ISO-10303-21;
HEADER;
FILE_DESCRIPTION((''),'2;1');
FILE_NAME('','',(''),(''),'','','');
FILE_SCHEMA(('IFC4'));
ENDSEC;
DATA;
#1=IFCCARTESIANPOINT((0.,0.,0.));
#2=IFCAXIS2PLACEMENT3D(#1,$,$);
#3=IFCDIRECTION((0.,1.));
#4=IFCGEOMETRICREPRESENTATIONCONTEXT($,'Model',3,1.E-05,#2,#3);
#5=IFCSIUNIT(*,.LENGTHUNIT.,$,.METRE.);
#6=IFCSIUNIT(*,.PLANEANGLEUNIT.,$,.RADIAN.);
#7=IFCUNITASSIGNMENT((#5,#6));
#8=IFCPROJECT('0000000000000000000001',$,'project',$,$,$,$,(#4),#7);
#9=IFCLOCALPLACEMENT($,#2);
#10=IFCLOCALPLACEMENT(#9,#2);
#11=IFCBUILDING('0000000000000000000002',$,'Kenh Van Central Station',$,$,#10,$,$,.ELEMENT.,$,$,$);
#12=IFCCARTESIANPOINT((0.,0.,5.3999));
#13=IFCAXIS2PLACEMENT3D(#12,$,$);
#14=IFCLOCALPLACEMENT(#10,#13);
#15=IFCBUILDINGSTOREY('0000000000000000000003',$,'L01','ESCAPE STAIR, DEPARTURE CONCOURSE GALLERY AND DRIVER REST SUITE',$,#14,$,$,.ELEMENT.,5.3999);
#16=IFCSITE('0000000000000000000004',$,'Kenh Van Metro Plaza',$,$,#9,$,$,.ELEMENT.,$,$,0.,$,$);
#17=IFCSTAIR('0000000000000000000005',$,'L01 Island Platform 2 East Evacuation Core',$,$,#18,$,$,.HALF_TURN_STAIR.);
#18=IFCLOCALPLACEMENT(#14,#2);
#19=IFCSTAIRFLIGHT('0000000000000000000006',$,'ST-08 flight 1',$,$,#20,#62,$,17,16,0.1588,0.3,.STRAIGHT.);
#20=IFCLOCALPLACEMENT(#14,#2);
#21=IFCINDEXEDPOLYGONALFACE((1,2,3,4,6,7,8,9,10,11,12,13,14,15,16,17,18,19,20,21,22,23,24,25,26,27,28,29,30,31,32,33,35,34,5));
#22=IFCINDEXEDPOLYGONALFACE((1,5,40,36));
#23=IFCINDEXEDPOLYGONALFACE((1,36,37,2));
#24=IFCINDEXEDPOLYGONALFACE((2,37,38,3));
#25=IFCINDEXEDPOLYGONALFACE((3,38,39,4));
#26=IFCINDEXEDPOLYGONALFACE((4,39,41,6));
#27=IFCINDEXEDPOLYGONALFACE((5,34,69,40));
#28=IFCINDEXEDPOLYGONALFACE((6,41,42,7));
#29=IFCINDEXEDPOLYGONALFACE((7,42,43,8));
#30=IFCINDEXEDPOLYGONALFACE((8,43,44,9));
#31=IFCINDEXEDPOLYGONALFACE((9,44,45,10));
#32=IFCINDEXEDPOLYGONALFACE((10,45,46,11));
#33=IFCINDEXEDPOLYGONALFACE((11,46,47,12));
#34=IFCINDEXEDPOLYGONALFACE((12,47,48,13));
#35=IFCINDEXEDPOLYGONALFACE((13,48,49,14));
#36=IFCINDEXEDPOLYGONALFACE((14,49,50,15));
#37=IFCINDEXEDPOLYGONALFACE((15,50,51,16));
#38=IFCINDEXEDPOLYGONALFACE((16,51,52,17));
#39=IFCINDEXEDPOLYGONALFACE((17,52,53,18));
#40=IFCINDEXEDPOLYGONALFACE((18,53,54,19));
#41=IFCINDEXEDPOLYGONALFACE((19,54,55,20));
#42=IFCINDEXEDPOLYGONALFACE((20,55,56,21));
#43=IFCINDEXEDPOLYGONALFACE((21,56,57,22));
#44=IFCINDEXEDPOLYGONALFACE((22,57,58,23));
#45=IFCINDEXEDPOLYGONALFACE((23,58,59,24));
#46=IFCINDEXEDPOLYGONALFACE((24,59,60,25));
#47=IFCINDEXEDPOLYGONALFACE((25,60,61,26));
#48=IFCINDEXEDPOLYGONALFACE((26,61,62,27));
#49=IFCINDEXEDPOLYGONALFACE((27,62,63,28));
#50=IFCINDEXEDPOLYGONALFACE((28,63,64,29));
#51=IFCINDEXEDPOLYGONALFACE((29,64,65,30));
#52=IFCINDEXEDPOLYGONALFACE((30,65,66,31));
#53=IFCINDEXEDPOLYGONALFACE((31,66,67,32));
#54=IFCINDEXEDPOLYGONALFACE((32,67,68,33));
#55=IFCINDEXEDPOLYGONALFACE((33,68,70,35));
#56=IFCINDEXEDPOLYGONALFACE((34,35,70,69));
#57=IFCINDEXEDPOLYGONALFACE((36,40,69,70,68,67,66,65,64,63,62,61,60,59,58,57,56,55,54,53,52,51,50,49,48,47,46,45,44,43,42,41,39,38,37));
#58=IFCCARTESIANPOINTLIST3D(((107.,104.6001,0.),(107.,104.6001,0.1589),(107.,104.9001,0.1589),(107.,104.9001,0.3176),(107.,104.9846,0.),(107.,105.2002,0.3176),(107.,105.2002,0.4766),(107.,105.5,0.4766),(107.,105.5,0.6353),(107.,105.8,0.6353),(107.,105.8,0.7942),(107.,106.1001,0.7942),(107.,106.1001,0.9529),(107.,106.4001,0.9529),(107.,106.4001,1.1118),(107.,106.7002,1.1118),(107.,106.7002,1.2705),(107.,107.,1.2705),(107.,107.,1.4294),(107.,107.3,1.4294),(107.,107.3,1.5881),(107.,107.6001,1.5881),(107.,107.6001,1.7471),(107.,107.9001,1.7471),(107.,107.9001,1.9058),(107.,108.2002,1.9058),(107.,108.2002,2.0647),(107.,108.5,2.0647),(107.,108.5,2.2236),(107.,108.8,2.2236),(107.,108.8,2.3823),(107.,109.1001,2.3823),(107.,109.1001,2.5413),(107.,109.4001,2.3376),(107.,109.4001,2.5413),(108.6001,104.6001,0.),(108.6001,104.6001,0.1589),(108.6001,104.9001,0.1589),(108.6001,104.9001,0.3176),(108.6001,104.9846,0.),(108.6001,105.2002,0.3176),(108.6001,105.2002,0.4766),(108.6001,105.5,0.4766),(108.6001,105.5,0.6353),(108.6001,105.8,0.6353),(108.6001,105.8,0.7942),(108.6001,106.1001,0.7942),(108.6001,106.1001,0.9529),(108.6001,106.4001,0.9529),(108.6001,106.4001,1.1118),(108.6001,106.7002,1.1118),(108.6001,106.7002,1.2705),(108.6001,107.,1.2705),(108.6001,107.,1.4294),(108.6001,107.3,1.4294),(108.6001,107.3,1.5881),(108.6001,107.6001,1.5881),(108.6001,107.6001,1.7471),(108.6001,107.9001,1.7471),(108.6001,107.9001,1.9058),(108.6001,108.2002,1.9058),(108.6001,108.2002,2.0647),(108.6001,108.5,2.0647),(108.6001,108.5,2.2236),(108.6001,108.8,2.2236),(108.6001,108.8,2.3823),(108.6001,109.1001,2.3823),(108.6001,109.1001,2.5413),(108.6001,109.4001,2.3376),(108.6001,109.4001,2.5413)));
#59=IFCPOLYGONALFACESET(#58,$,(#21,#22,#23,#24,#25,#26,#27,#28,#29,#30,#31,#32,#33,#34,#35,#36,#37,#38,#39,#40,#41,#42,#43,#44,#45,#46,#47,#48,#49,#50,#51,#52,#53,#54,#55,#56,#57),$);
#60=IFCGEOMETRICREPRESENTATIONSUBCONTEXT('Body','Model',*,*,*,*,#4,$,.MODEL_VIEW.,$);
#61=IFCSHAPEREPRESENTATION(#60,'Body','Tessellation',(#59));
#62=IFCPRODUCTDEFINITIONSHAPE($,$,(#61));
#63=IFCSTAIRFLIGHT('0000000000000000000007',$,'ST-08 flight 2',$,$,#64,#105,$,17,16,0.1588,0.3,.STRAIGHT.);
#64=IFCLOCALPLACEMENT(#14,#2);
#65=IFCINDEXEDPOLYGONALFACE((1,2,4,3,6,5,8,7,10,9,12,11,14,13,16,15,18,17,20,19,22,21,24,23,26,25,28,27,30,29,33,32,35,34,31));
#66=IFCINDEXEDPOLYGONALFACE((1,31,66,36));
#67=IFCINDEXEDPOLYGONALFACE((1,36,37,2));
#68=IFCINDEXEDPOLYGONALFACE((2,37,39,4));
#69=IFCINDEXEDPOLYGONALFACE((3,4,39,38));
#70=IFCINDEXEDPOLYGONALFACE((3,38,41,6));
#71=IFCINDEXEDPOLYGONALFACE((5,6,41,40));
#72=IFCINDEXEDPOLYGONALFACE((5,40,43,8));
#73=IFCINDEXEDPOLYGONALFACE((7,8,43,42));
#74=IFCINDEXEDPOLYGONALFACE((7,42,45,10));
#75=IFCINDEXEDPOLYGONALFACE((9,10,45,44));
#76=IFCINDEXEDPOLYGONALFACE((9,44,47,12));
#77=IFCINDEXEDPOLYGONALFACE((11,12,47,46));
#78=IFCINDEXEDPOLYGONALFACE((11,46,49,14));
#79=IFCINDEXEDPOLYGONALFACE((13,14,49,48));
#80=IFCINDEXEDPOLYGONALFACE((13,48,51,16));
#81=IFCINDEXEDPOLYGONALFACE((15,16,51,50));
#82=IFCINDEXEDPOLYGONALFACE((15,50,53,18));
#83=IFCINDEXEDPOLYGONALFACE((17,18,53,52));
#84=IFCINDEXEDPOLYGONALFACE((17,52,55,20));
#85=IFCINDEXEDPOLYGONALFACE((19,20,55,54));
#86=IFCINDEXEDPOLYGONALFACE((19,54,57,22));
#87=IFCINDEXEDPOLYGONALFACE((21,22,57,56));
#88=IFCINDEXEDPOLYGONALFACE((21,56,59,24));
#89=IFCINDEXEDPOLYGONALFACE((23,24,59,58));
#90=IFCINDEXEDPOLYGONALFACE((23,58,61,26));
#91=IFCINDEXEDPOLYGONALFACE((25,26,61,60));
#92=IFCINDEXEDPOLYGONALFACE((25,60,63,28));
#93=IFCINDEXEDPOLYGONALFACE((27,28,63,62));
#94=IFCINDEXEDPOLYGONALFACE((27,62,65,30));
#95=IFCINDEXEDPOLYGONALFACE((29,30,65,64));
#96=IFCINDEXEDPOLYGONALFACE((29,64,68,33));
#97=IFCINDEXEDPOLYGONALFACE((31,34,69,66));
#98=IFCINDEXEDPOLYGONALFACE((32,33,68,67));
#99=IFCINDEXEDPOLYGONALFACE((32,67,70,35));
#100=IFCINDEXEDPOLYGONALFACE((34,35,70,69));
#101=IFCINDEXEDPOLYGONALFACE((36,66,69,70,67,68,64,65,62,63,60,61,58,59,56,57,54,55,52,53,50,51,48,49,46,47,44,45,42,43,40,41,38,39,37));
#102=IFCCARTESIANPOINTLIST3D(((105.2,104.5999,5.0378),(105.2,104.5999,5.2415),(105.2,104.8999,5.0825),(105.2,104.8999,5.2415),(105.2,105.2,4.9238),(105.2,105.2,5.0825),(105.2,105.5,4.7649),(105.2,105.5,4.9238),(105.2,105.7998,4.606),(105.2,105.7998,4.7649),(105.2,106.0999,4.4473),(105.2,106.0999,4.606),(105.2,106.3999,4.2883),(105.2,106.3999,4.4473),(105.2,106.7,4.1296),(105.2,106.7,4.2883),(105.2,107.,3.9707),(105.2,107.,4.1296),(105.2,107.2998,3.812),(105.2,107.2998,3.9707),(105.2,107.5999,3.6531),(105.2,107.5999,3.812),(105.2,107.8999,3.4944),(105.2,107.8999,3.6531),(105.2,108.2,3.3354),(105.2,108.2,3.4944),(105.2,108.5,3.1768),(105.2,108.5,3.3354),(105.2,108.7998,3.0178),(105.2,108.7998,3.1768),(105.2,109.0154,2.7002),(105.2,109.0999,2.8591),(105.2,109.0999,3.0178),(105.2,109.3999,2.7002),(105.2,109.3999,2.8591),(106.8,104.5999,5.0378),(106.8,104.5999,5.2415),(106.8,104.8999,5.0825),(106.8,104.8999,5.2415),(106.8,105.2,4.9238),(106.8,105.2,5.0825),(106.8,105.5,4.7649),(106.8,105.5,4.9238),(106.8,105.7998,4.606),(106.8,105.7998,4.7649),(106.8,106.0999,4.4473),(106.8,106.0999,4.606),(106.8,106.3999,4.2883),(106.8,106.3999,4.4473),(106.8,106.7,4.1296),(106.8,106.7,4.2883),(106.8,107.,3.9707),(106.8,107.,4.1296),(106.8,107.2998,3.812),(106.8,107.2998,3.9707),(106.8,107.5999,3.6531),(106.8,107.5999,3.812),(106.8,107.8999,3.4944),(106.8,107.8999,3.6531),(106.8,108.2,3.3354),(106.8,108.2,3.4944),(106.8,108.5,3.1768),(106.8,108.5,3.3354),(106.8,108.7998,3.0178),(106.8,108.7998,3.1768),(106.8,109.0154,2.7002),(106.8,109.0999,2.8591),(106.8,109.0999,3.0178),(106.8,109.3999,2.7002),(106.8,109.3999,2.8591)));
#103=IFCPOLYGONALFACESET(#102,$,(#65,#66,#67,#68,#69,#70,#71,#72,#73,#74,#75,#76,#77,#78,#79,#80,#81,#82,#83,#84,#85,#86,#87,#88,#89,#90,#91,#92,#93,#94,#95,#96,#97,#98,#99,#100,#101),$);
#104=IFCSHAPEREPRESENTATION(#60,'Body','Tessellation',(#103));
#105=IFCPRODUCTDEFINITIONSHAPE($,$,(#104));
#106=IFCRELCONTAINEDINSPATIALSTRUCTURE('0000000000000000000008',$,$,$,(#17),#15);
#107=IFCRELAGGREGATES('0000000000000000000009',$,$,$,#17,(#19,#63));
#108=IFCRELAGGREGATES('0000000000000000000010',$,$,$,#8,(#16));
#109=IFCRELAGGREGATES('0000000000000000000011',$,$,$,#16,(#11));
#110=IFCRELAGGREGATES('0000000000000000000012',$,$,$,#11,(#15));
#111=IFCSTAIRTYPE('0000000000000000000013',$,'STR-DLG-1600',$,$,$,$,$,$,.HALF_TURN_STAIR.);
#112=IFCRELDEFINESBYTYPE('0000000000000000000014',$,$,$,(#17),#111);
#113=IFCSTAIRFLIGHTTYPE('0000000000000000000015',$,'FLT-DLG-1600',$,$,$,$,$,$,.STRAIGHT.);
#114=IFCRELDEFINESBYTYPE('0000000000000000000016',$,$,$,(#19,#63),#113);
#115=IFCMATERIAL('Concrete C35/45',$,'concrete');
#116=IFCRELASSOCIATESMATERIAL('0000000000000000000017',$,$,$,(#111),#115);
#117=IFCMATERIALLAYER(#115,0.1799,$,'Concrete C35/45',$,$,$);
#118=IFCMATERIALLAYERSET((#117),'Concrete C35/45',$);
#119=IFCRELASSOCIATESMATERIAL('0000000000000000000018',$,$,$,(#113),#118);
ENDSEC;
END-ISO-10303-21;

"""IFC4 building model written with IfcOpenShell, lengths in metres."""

from ifc_helpers import new_model, si_unit, direction, frame, origin, place, context, subcontext, project, spatial, polyline, outline, extrude, material, layer, layer_set, type_object, element, aggregate, save


model = new_model("IFC4")

# Units and contexts
model_context = context("Model", 3, precision=1e-05, world=origin(), true_north=direction((0.0, 1.0)))
body_context = subcontext(model_context, "Body", "Model", "MODEL_VIEW")
ifc_project = project(units=[si_unit("LENGTHUNIT", "METRE"), si_unit("PLANEANGLEUNIT", "RADIAN")], contexts=[model_context])

# Site, building, storey
site_placement = place(None, origin())
site = spatial("IfcSite", under=ifc_project, at=site_placement, Name="Kenh Van Metro Plaza", CompositionType="ELEMENT", RefElevation=0.0)
building_placement = place(site_placement, origin())
building = spatial("IfcBuilding", under=site, at=building_placement, Name="Kenh Van Central Station", CompositionType="ELEMENT")
storey_placement = place(building_placement, frame((0.0, 0.0, 5.3999)))
storey = spatial("IfcBuildingStorey", under=building, at=storey_placement, Name="L01", Description="ESCAPE STAIR, DEPARTURE CONCOURSE GALLERY AND DRIVER REST SUITE", CompositionType="ELEMENT", Elevation=5.3999)

# Stair, stair flights
ifc_material_1 = material(Name="Concrete C35/45", Category="concrete")
stair_type = type_object("IfcStairType", Name="STR-DLG-1600", PredefinedType="HALF_TURN_STAIR", material=ifc_material_1)
stair_placement = place(storey_placement, origin())
stair = element("IfcStair", 1, at=stair_placement, inside=storey, type_object=stair_type, Name="L01 Island Platform 2 East Evacuation Core", PredefinedType="HALF_TURN_STAIR")
ifc_layer_1 = layer(ifc_material_1, 0.1799, Name="Concrete C35/45")
ifc_layer_set_1 = layer_set([ifc_layer_1], Name="Concrete C35/45")
stair_flight_type = type_object("IfcStairFlightType", Name="FLT-DLG-1600", PredefinedType="STRAIGHT", material=ifc_layer_set_1)
stair_flight_1_placement = place(storey_placement, frame((107.8, 104.6001, 0.0), z_axis=(0.0, 0.0, 1.0), x_axis=(0.0, 1.0, 0.0)))
stair_flight_1 = element("IfcStairFlight", 2, at=stair_flight_1_placement, type_object=stair_flight_type, Name="ST-08 flight 1", NumberOfRisers=17, NumberOfTreads=16, PredefinedType="STRAIGHT", RiserHeight=0.1588, TreadLength=0.3, context=body_context, shape_type="SweptSolid", body=[
    extrude(outline(polyline([(0.0, 0.0), (0.0, 0.1589), (0.3, 0.1589), (0.3, 0.3176), (0.6001, 0.3176), (0.6001, 0.4766), (0.8999, 0.4766), (0.8999, 0.6353), (1.2, 0.6353), (1.2, 0.7942), (1.5, 0.7942), (1.5, 0.9529), (1.8, 0.9529), (1.8, 1.1118), (2.1001, 1.1118), (2.1001, 1.2705), (2.3999, 1.2705), (2.3999, 1.4294), (2.7, 1.4294), (2.7, 1.5881), (3.0, 1.5881), (3.0, 1.7471), (3.3, 1.7471), (3.3, 1.9058), (3.6001, 1.9058), (3.6001, 2.0647), (3.8999, 2.0647), (3.8999, 2.2236), (4.2, 2.2236), (4.2, 2.3823), (4.5, 2.3823), (4.5, 2.5413), (4.8, 2.5413), (4.8, 2.7), (4.8, 2.3376), (0.3845, 0.0), (0.0, 0.0)])), frame((0.0, 0.8, 0.0), z_axis=(0.0, -1.0, 0.0), x_axis=(1.0, 0.0, 0.0)), (0.0, 0.0, 1.0), 1.6001),
])
stair_flight_2_placement = place(storey_placement, frame((106.0, 109.3999, 2.7002), z_axis=(0.0, 0.0, 1.0), x_axis=(0.0, -1.0, 0.0)))
stair_flight_2 = element("IfcStairFlight", 3, at=stair_flight_2_placement, type_object=stair_flight_type, Name="ST-08 flight 2", NumberOfRisers=17, NumberOfTreads=16, PredefinedType="STRAIGHT", RiserHeight=0.1588, TreadLength=0.3, context=body_context, shape_type="SweptSolid", body=[
    extrude(outline(polyline([(0.0, 0.0), (0.0, 0.1589), (0.3, 0.1589), (0.3, 0.3176), (0.6001, 0.3176), (0.6001, 0.4766), (0.8999, 0.4766), (0.8999, 0.6353), (1.2, 0.6353), (1.2, 0.7942), (1.5, 0.7942), (1.5, 0.9529), (1.8, 0.9529), (1.8, 1.1118), (2.1001, 1.1118), (2.1001, 1.2705), (2.3999, 1.2705), (2.3999, 1.4294), (2.7, 1.4294), (2.7, 1.5881), (3.0, 1.5881), (3.0, 1.7471), (3.3, 1.7471), (3.3, 1.9058), (3.6001, 1.9058), (3.6001, 2.0647), (3.8999, 2.0647), (3.8999, 2.2236), (4.2, 2.2236), (4.2, 2.3823), (4.5, 2.3823), (4.5, 2.5413), (4.8, 2.5413), (4.8, 2.7), (4.8, 2.3376), (0.3845, 0.0), (0.0, 0.0)])), frame((0.0, 0.8, 0.0), z_axis=(0.0, -1.0, 0.0), x_axis=(1.0, 0.0, 0.0)), (0.0, 0.0, 1.0), 1.6001),
])
aggregate(stair, [stair_flight_1, stair_flight_2])

save(model, "model.ifc")
